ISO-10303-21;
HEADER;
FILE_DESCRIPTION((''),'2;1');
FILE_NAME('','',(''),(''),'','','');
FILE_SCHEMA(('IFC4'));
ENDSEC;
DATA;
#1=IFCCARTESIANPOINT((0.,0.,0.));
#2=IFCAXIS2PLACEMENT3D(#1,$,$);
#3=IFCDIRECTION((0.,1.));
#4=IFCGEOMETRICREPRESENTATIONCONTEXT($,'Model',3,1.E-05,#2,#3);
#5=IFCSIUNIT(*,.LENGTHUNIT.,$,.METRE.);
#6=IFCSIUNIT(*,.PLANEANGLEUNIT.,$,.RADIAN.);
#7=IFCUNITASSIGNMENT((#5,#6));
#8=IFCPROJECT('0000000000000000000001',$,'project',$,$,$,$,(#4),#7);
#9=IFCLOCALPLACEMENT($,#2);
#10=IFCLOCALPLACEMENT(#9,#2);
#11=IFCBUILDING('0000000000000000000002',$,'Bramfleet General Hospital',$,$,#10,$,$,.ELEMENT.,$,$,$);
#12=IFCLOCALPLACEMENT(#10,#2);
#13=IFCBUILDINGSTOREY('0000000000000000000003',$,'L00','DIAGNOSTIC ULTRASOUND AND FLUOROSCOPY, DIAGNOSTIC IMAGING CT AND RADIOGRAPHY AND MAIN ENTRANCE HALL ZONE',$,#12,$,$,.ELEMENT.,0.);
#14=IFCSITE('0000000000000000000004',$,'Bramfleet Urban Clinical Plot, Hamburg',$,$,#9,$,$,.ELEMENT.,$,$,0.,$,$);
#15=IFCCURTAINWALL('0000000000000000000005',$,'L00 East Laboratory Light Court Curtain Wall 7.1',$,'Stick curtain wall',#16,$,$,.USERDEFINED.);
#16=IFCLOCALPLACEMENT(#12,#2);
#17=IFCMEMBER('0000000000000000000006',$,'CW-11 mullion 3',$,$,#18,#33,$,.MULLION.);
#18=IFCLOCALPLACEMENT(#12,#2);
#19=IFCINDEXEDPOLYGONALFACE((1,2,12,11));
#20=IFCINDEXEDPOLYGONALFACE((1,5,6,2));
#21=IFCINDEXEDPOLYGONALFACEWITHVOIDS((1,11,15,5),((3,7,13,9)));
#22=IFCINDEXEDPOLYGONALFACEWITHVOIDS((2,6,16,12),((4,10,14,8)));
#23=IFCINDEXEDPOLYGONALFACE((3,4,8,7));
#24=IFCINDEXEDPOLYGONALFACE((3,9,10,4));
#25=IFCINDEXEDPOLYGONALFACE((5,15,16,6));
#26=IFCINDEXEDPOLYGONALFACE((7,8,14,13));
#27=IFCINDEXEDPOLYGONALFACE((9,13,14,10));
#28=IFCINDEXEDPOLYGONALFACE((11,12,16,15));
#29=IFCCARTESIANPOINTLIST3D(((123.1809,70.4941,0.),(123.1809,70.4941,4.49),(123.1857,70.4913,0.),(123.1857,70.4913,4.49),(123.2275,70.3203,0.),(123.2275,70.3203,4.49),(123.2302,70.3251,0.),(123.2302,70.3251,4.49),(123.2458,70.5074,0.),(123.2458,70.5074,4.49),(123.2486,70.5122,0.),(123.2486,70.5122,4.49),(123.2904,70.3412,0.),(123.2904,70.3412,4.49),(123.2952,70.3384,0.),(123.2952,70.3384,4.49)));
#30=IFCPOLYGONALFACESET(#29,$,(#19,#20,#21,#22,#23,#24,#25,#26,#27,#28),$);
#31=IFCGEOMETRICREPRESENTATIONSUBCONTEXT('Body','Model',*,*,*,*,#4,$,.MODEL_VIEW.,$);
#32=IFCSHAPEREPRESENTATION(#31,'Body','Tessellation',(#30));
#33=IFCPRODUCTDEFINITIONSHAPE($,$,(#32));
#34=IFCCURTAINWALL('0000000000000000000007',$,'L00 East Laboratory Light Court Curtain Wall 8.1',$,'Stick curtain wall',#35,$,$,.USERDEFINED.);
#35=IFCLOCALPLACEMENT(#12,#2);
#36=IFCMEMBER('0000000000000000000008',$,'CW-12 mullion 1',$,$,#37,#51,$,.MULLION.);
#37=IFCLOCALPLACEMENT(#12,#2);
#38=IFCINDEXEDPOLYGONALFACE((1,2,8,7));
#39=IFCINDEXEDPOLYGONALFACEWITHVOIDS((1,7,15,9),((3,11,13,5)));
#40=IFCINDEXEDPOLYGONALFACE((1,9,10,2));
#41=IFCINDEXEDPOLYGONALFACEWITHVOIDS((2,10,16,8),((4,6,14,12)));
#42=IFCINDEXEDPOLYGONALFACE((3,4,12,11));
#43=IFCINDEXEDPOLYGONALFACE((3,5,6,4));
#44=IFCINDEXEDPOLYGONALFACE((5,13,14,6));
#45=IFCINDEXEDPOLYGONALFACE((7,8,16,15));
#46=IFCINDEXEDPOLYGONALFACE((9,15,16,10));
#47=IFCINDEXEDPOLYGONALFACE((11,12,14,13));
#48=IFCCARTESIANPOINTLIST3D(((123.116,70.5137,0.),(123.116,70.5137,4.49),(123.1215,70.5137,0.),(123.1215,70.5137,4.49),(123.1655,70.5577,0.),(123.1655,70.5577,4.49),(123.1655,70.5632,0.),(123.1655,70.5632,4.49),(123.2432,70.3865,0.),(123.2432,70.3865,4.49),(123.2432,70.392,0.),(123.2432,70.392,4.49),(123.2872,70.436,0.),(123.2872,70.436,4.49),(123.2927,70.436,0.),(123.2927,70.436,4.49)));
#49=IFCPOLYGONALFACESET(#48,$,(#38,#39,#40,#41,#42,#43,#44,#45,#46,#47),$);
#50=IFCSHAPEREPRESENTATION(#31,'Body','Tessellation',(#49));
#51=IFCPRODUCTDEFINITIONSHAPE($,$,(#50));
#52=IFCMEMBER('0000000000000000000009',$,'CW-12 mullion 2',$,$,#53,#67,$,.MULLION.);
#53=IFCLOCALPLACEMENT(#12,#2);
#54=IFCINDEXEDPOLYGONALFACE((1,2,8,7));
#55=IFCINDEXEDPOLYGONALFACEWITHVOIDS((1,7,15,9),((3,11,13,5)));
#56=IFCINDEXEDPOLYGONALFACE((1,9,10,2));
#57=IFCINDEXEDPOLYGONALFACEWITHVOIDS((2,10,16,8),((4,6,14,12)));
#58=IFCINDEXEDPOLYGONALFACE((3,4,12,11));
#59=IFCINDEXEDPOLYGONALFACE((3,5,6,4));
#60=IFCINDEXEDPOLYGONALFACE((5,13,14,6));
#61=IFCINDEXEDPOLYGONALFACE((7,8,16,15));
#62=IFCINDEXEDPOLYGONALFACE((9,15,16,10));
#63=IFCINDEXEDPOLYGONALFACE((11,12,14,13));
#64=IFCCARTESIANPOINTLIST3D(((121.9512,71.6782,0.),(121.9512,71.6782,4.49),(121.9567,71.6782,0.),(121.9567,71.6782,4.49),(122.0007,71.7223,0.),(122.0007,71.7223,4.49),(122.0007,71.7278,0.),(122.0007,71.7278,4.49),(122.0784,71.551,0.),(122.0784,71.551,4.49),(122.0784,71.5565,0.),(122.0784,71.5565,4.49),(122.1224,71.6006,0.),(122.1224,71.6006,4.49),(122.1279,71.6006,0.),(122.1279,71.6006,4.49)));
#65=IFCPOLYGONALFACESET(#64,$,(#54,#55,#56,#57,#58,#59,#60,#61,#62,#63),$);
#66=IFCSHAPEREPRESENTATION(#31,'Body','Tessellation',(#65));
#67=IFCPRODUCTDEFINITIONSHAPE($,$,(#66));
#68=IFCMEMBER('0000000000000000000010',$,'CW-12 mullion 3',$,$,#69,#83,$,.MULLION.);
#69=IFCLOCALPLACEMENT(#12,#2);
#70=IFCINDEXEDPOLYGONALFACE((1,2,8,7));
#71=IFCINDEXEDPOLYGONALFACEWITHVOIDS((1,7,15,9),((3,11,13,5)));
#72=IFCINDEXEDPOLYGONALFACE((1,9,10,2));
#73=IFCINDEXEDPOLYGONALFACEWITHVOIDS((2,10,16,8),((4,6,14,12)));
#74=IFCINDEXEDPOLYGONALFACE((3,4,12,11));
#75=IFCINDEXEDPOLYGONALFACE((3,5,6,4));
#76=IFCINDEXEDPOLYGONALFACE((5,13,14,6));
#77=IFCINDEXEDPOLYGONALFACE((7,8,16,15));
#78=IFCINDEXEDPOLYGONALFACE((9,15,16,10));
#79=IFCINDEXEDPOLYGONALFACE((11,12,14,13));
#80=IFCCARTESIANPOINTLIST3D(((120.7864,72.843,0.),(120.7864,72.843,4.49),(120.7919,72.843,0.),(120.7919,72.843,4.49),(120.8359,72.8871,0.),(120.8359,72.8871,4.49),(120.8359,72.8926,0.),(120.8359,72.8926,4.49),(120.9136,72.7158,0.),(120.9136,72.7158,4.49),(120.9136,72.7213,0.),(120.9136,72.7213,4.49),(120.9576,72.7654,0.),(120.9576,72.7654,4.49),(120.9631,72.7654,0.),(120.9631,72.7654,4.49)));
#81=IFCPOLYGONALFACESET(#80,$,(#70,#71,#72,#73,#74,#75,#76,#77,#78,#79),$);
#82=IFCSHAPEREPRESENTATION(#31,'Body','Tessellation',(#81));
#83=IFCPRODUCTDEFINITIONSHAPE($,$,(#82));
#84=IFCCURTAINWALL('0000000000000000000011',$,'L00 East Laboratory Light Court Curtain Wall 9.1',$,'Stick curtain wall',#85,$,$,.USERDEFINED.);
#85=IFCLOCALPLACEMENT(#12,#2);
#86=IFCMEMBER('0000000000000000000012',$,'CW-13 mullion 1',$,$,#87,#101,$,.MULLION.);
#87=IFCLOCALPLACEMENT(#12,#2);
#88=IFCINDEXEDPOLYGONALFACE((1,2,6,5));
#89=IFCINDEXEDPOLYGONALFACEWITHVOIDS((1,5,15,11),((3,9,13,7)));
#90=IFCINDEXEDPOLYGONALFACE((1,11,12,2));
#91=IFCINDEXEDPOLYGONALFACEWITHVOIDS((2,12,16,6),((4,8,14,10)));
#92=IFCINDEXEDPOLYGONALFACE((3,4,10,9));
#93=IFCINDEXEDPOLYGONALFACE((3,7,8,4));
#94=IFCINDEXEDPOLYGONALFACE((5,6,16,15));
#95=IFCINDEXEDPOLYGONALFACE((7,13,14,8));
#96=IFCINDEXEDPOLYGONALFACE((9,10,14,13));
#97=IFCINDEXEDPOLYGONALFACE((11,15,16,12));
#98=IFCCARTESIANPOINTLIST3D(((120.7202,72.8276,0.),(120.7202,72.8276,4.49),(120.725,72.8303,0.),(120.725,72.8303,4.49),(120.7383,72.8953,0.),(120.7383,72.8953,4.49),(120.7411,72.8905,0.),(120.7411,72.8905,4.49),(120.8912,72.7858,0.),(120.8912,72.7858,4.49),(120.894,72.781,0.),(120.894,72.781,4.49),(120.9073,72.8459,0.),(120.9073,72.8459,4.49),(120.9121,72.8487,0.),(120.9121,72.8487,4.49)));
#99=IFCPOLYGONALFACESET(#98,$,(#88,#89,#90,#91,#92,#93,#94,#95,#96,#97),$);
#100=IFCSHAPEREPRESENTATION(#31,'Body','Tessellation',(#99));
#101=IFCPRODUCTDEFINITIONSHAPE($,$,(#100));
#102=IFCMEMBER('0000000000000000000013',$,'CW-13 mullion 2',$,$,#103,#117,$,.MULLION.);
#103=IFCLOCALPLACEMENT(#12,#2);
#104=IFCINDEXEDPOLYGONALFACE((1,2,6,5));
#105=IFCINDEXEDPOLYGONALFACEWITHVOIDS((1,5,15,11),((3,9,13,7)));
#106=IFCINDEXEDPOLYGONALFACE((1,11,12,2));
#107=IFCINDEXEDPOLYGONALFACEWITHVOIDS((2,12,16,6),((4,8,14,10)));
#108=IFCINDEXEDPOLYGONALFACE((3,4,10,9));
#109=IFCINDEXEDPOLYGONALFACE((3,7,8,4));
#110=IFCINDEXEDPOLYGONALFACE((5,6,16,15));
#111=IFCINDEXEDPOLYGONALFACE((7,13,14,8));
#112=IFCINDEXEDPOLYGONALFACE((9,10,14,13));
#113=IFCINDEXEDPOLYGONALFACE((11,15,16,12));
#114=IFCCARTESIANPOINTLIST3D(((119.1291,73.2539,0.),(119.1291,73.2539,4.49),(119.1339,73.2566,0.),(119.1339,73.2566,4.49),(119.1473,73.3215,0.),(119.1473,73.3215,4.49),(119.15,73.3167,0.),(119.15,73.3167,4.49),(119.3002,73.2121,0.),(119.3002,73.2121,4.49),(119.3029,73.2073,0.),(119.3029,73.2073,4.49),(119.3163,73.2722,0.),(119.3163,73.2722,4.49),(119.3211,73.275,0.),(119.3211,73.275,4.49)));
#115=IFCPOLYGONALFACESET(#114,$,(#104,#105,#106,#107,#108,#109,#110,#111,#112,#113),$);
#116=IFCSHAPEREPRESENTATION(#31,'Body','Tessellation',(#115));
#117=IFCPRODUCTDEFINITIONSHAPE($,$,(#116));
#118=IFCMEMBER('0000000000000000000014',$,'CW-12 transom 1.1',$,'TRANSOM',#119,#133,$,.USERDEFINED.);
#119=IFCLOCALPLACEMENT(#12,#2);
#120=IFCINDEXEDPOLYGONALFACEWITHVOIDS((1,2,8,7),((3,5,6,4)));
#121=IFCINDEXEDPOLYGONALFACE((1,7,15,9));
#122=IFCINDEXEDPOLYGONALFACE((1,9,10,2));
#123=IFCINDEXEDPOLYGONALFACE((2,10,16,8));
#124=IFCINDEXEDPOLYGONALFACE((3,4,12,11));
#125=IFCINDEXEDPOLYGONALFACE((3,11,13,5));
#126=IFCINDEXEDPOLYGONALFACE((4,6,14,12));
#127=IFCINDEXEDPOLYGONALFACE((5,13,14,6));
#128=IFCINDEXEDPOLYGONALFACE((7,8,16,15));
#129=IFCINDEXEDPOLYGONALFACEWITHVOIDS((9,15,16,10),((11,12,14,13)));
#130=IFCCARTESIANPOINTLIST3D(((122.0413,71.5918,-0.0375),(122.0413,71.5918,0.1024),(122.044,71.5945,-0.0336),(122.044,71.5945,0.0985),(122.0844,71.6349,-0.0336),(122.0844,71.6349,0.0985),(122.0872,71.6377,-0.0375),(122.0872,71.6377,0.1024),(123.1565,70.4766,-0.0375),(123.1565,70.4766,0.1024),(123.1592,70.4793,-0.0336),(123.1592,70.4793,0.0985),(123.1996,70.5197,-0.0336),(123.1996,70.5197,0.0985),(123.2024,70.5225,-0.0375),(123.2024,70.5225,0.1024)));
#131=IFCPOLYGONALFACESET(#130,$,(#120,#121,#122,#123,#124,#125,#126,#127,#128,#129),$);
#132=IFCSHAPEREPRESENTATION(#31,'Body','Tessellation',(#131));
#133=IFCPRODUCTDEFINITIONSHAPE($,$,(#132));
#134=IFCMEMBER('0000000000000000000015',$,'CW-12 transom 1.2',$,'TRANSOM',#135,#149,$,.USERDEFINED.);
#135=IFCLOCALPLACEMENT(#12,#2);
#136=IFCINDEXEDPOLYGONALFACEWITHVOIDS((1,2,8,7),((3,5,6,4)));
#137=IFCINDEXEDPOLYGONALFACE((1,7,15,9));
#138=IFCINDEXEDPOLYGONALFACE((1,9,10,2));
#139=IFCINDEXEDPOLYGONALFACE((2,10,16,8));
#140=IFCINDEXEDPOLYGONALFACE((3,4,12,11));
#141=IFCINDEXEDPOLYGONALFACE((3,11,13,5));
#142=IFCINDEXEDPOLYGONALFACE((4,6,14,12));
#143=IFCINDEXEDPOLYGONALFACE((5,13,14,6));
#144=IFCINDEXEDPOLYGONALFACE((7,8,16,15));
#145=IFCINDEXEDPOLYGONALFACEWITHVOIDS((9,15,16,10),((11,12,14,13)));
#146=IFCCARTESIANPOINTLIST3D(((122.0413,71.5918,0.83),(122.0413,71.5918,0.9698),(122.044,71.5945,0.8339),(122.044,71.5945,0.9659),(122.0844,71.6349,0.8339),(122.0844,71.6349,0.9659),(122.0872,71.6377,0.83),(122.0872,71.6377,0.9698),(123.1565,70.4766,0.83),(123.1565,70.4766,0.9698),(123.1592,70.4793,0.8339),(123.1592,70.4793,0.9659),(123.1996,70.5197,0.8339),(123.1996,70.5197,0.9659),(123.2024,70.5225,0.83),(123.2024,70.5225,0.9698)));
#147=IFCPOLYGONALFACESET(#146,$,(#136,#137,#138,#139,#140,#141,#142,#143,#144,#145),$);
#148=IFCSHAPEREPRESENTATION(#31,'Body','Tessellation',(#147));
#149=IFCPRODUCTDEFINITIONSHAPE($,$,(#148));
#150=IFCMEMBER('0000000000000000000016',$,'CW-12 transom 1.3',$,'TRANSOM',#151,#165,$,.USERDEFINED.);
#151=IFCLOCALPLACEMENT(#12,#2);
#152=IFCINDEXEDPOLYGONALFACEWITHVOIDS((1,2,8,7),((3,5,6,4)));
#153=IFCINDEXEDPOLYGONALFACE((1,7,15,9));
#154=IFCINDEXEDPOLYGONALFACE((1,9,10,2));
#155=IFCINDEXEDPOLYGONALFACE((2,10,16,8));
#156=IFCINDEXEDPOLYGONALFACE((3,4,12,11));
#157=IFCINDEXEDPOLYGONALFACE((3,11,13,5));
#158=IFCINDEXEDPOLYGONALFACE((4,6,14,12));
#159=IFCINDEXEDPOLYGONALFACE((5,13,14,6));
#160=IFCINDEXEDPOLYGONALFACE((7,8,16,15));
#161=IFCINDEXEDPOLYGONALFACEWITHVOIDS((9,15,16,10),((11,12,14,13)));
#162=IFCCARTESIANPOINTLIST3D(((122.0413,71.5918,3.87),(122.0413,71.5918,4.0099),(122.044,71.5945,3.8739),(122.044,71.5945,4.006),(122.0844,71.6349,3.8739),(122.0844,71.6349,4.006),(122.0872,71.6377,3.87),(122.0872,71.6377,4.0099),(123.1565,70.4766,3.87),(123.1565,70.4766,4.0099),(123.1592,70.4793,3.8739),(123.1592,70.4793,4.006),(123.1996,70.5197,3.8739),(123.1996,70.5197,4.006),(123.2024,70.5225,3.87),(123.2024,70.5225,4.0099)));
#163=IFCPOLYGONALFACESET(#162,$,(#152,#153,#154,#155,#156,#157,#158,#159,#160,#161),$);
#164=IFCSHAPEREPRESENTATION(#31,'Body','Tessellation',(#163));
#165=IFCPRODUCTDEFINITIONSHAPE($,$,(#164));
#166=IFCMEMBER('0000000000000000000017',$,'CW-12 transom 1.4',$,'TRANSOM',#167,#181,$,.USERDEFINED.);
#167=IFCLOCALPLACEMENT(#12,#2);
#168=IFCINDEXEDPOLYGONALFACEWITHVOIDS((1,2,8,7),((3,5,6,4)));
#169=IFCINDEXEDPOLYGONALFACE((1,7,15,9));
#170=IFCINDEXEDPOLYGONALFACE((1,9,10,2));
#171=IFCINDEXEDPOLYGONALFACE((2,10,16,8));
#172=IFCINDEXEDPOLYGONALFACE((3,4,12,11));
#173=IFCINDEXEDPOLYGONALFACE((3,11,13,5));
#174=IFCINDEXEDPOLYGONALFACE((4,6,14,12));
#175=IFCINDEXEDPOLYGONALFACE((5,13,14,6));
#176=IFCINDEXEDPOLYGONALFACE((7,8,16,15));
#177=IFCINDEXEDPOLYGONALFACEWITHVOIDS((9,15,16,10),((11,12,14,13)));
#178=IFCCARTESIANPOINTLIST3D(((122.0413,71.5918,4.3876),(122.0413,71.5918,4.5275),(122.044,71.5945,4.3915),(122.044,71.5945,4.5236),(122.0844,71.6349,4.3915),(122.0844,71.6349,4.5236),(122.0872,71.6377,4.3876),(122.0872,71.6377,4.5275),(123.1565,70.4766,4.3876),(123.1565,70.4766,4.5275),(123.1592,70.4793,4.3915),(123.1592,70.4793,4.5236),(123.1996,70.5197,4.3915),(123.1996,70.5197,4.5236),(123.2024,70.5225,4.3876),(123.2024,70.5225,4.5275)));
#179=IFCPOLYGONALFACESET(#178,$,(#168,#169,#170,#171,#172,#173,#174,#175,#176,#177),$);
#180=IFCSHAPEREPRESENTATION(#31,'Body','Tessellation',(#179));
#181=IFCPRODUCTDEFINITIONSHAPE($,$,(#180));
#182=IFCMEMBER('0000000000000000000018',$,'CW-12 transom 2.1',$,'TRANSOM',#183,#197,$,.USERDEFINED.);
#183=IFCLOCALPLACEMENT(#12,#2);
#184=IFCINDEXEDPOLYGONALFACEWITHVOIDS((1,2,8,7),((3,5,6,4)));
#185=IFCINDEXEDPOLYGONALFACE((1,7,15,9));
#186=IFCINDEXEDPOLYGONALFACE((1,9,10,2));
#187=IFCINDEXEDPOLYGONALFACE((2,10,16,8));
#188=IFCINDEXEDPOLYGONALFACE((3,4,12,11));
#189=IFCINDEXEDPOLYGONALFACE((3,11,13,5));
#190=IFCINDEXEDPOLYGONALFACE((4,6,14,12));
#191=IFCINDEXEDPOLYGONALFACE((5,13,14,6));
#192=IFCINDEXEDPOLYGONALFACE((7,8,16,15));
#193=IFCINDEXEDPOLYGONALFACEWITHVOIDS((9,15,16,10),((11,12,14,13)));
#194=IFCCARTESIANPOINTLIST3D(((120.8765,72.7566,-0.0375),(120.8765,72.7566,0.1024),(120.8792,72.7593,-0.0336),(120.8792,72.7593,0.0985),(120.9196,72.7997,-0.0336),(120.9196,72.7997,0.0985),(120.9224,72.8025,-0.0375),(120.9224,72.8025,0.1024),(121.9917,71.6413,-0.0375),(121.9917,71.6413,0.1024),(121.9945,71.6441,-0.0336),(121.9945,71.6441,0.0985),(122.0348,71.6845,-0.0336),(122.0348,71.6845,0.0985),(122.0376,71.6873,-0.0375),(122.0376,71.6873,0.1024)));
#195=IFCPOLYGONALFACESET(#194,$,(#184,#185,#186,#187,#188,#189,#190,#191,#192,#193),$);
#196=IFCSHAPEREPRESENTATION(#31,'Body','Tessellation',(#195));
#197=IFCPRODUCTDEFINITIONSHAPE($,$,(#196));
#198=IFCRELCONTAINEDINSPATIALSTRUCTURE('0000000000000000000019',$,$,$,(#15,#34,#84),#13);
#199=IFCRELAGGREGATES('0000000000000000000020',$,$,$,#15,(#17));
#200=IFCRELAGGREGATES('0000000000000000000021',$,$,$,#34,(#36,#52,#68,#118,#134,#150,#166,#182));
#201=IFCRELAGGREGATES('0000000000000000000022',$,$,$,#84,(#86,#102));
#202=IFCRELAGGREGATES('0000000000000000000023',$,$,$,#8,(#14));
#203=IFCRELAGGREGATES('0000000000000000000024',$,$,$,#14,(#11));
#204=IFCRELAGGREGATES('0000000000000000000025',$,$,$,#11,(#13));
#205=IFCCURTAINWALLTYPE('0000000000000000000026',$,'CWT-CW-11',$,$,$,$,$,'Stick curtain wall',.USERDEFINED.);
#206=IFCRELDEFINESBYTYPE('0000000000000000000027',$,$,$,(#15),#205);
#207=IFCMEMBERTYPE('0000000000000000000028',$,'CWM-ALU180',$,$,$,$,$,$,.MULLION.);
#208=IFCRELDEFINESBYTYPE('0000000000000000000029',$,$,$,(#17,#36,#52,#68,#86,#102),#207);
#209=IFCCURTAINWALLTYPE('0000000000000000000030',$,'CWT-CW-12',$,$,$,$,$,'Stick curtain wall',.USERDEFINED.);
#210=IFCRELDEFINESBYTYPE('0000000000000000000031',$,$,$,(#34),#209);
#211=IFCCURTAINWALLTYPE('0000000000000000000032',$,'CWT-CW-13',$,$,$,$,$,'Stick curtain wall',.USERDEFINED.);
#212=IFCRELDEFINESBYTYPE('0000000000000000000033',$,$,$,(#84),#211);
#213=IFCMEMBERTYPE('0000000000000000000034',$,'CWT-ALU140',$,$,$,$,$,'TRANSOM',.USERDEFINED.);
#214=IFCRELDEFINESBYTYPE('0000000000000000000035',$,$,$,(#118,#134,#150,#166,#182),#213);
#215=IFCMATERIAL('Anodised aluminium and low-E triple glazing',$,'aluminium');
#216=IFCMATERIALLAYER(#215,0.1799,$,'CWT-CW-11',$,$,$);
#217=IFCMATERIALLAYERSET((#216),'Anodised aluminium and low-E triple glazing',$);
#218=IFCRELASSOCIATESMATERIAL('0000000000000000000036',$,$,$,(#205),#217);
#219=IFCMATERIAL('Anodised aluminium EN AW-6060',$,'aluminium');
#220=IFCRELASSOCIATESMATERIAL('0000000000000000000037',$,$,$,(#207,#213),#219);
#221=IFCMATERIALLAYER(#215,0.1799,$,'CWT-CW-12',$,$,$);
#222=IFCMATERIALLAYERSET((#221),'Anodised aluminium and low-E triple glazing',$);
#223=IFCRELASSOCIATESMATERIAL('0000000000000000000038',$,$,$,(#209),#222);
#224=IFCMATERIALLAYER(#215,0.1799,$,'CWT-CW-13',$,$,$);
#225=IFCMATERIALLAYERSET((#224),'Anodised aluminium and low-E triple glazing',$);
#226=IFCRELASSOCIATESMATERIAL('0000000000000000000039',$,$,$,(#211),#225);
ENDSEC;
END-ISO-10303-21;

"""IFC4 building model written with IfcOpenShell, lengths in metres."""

from ifc_helpers import new_model, si_unit, direction, frame, origin, origin_2d, place, context, subcontext, project, spatial, hollow_rectangle, extrude, material, layer, layer_set, material_profile, profile_set, type_object, element, aggregate, save


model = new_model("IFC4")

# Units and contexts
model_context = context("Model", 3, precision=1e-05, world=origin(), true_north=direction((0.0, 1.0)))
body_context = subcontext(model_context, "Body", "Model", "MODEL_VIEW")
ifc_project = project(units=[si_unit("LENGTHUNIT", "METRE"), si_unit("PLANEANGLEUNIT", "RADIAN")], contexts=[model_context])

# Site, building, storey
site_placement = place(None, origin())
site = spatial("IfcSite", under=ifc_project, at=site_placement, Name="Bramfleet Urban Clinical Plot, Hamburg", CompositionType="ELEMENT", RefElevation=0.0)
building_placement = place(site_placement, origin())
building = spatial("IfcBuilding", under=site, at=building_placement, Name="Bramfleet General Hospital", CompositionType="ELEMENT")
storey_placement = place(building_placement, origin())
storey = spatial("IfcBuildingStorey", under=building, at=storey_placement, Name="L00", Description="DIAGNOSTIC ULTRASOUND AND FLUOROSCOPY, DIAGNOSTIC IMAGING CT AND RADIOGRAPHY AND MAIN ENTRANCE HALL ZONE", CompositionType="ELEMENT", Elevation=0.0)

# Curtain wall, member
ifc_material_1 = material(Name="Anodised aluminium and low-E triple glazing", Category="aluminium")
ifc_layer_1 = layer(ifc_material_1, 0.1799, Name="CWT-CW-11")
ifc_layer_set_1 = layer_set([ifc_layer_1], Name="Anodised aluminium and low-E triple glazing")
curtain_wall_type_1 = type_object("IfcCurtainWallType", Name="CWT-CW-11", ElementType="Stick curtain wall", PredefinedType="USERDEFINED", material=ifc_layer_set_1)
curtain_wall_1_placement = place(storey_placement, origin())
curtain_wall_1 = element("IfcCurtainWall", 1, at=curtain_wall_1_placement, inside=storey, type_object=curtain_wall_type_1, Name="L00 East Laboratory Light Court Curtain Wall 7.1", ObjectType="Stick curtain wall", PredefinedType="USERDEFINED")
ifc_material_2 = material(Name="Anodised aluminium EN AW-6060", Category="aluminium")
ifc_material_profile_1 = material_profile(ifc_material_2, hollow_rectangle(XDim=0.0701, YDim=0.1799, WallThickness=0.0039, at=origin_2d()), Name="ALU 180x70x4.0")
ifc_profile_set_1 = profile_set([ifc_material_profile_1], Name="Anodised aluminium EN AW-6060")
member_type_1 = type_object("IfcMemberType", Name="CWM-ALU180", PredefinedType="MULLION", material=ifc_profile_set_1)
member_1_placement = place(storey_placement, frame((123.238, 70.4163, 0.0), z_axis=(0.0, 0.0, 1.0), x_axis=(-0.965914, -0.258865, 0.0)))
member_1 = element("IfcMember", 2, at=member_1_placement, type_object=member_type_1, Name="CW-11 mullion 3", PredefinedType="MULLION", context=body_context, shape_type="SweptSolid", body=[
    extrude(hollow_rectangle(XDim=0.0701, YDim=0.1799, WallThickness=0.0039, at=origin_2d()), origin(), (0.0, 0.0, 1.0), 4.49),
])

# Curtain walls, members
ifc_layer_2 = layer(ifc_material_1, 0.1799, Name="CWT-CW-12")
ifc_layer_set_2 = layer_set([ifc_layer_2], Name="Anodised aluminium and low-E triple glazing")
curtain_wall_type_2 = type_object("IfcCurtainWallType", Name="CWT-CW-12", ElementType="Stick curtain wall", PredefinedType="USERDEFINED", material=ifc_layer_set_2)
curtain_wall_2_placement = place(storey_placement, origin())
curtain_wall_2 = element("IfcCurtainWall", 3, at=curtain_wall_2_placement, inside=storey, type_object=curtain_wall_type_2, Name="L00 East Laboratory Light Court Curtain Wall 8.1", ObjectType="Stick curtain wall", PredefinedType="USERDEFINED")
member_2_placement = place(storey_placement, frame((123.2043, 70.4749, 0.0), z_axis=(0.0, 0.0, 1.0), x_axis=(-0.707107, -0.707107, 0.0)))
member_2 = element("IfcMember", 4, at=member_2_placement, type_object=member_type_1, Name="CW-12 mullion 1", PredefinedType="MULLION", context=body_context, shape_type="SweptSolid", body=[
    extrude(hollow_rectangle(XDim=0.0701, YDim=0.1799, WallThickness=0.0039, at=origin_2d()), origin(), (0.0, 0.0, 1.0), 4.49),
])
member_3_placement = place(storey_placement, frame((122.0396, 71.6394, 0.0), z_axis=(0.0, 0.0, 1.0), x_axis=(-0.707107, -0.707107, 0.0)))
member_3 = element("IfcMember", 5, at=member_3_placement, type_object=member_type_1, Name="CW-12 mullion 2", PredefinedType="MULLION", context=body_context, shape_type="SweptSolid", body=[
    extrude(hollow_rectangle(XDim=0.0701, YDim=0.1799, WallThickness=0.0039, at=origin_2d()), origin(), (0.0, 0.0, 1.0), 4.49),
])
member_4_placement = place(storey_placement, frame((120.8748, 72.8042, 0.0), z_axis=(0.0, 0.0, 1.0), x_axis=(-0.707107, -0.707107, 0.0)))
member_4 = element("IfcMember", 6, at=member_4_placement, type_object=member_type_1, Name="CW-12 mullion 3", PredefinedType="MULLION", context=body_context, shape_type="SweptSolid", body=[
    extrude(hollow_rectangle(XDim=0.0701, YDim=0.1799, WallThickness=0.0039, at=origin_2d()), origin(), (0.0, 0.0, 1.0), 4.49),
])
ifc_layer_3 = layer(ifc_material_1, 0.1799, Name="CWT-CW-13")
ifc_layer_set_3 = layer_set([ifc_layer_3], Name="Anodised aluminium and low-E triple glazing")
curtain_wall_type_3 = type_object("IfcCurtainWallType", Name="CWT-CW-13", ElementType="Stick curtain wall", PredefinedType="USERDEFINED", material=ifc_layer_set_3)
curtain_wall_3_placement = place(storey_placement, origin())
curtain_wall_3 = element("IfcCurtainWall", 7, at=curtain_wall_3_placement, inside=storey, type_object=curtain_wall_type_3, Name="L00 East Laboratory Light Court Curtain Wall 9.1", ObjectType="Stick curtain wall", PredefinedType="USERDEFINED")
member_5_placement = place(storey_placement, frame((120.8162, 72.8381, 0.0), z_axis=(0.0, 0.0, 1.0), x_axis=(-0.258865, -0.965914, 0.0)))
member_5 = element("IfcMember", 8, at=member_5_placement, type_object=member_type_1, Name="CW-13 mullion 1", PredefinedType="MULLION", context=body_context, shape_type="SweptSolid", body=[
    extrude(hollow_rectangle(XDim=0.0701, YDim=0.1799, WallThickness=0.0039, at=origin_2d()), origin(), (0.0, 0.0, 1.0), 4.49),
])
member_6_placement = place(storey_placement, frame((119.2251, 73.2644, 0.0), z_axis=(0.0, 0.0, 1.0), x_axis=(-0.258865, -0.965914, 0.0)))
member_6 = element("IfcMember", 9, at=member_6_placement, type_object=member_type_1, Name="CW-13 mullion 2", PredefinedType="MULLION", context=body_context, shape_type="SweptSolid", body=[
    extrude(hollow_rectangle(XDim=0.0701, YDim=0.1799, WallThickness=0.0039, at=origin_2d()), origin(), (0.0, 0.0, 1.0), 4.49),
])

# Members
ifc_material_profile_2 = material_profile(ifc_material_2, hollow_rectangle(XDim=0.0649, YDim=0.1399, WallThickness=0.0039, at=origin_2d()), Name="ALU 140x65x4.0")
ifc_profile_set_2 = profile_set([ifc_material_profile_2], Name="Anodised aluminium EN AW-6060")
member_type_2 = type_object("IfcMemberType", Name="CWT-ALU140", ElementType="TRANSOM", PredefinedType="USERDEFINED", material=ifc_profile_set_2)
member_7_placement = place(storey_placement, frame((123.1794, 70.4995, 0.0325), z_axis=(-0.707107, 0.707107, 0.0), x_axis=(-0.707107, -0.707107, 0.0)))
member_7 = element("IfcMember", 10, at=member_7_placement, type_object=member_type_2, Name="CW-12 transom 1.1", ObjectType="TRANSOM", PredefinedType="USERDEFINED", context=body_context, shape_type="SweptSolid", body=[
    extrude(hollow_rectangle(XDim=0.0649, YDim=0.1399, WallThickness=0.0039, at=origin_2d()), origin(), (0.0, 0.0, 1.0), 1.5771),
])
member_8_placement = place(storey_placement, frame((123.1794, 70.4995, 0.8999), z_axis=(-0.707107, 0.707107, 0.0), x_axis=(-0.707107, -0.707107, 0.0)))
member_8 = element("IfcMember", 11, at=member_8_placement, type_object=member_type_2, Name="CW-12 transom 1.2", ObjectType="TRANSOM", PredefinedType="USERDEFINED", context=body_context, shape_type="SweptSolid", body=[
    extrude(hollow_rectangle(XDim=0.0649, YDim=0.1399, WallThickness=0.0039, at=origin_2d()), origin(), (0.0, 0.0, 1.0), 1.5771),
])
member_9_placement = place(storey_placement, frame((123.1794, 70.4995, 3.9399), z_axis=(-0.707107, 0.707107, 0.0), x_axis=(-0.707107, -0.707107, 0.0)))
member_9 = element("IfcMember", 12, at=member_9_placement, type_object=member_type_2, Name="CW-12 transom 1.3", ObjectType="TRANSOM", PredefinedType="USERDEFINED", context=body_context, shape_type="SweptSolid", body=[
    extrude(hollow_rectangle(XDim=0.0649, YDim=0.1399, WallThickness=0.0039, at=origin_2d()), origin(), (0.0, 0.0, 1.0), 1.5771),
])
member_10_placement = place(storey_placement, frame((123.1794, 70.4995, 4.4575), z_axis=(-0.707107, 0.707107, 0.0), x_axis=(-0.707107, -0.707107, 0.0)))
member_10 = element("IfcMember", 13, at=member_10_placement, type_object=member_type_2, Name="CW-12 transom 1.4", ObjectType="TRANSOM", PredefinedType="USERDEFINED", context=body_context, shape_type="SweptSolid", body=[
    extrude(hollow_rectangle(XDim=0.0649, YDim=0.1399, WallThickness=0.0039, at=origin_2d()), origin(), (0.0, 0.0, 1.0), 1.5771),
])
member_11_placement = place(storey_placement, frame((122.0146, 71.6643, 0.0325), z_axis=(-0.707107, 0.707107, 0.0), x_axis=(-0.707107, -0.707107, 0.0)))
member_11 = element("IfcMember", 14, at=member_11_placement, type_object=member_type_2, Name="CW-12 transom 2.1", ObjectType="TRANSOM", PredefinedType="USERDEFINED", context=body_context, shape_type="SweptSolid", body=[
    extrude(hollow_rectangle(XDim=0.0649, YDim=0.1399, WallThickness=0.0039, at=origin_2d()), origin(), (0.0, 0.0, 1.0), 1.5771),
])

aggregate(curtain_wall_1, [member_1])
aggregate(curtain_wall_2, [member_2, member_3, member_4, member_7, member_8, member_9, member_10, member_11])
aggregate(curtain_wall_3, [member_5, member_6])

save(model, "model.ifc")
